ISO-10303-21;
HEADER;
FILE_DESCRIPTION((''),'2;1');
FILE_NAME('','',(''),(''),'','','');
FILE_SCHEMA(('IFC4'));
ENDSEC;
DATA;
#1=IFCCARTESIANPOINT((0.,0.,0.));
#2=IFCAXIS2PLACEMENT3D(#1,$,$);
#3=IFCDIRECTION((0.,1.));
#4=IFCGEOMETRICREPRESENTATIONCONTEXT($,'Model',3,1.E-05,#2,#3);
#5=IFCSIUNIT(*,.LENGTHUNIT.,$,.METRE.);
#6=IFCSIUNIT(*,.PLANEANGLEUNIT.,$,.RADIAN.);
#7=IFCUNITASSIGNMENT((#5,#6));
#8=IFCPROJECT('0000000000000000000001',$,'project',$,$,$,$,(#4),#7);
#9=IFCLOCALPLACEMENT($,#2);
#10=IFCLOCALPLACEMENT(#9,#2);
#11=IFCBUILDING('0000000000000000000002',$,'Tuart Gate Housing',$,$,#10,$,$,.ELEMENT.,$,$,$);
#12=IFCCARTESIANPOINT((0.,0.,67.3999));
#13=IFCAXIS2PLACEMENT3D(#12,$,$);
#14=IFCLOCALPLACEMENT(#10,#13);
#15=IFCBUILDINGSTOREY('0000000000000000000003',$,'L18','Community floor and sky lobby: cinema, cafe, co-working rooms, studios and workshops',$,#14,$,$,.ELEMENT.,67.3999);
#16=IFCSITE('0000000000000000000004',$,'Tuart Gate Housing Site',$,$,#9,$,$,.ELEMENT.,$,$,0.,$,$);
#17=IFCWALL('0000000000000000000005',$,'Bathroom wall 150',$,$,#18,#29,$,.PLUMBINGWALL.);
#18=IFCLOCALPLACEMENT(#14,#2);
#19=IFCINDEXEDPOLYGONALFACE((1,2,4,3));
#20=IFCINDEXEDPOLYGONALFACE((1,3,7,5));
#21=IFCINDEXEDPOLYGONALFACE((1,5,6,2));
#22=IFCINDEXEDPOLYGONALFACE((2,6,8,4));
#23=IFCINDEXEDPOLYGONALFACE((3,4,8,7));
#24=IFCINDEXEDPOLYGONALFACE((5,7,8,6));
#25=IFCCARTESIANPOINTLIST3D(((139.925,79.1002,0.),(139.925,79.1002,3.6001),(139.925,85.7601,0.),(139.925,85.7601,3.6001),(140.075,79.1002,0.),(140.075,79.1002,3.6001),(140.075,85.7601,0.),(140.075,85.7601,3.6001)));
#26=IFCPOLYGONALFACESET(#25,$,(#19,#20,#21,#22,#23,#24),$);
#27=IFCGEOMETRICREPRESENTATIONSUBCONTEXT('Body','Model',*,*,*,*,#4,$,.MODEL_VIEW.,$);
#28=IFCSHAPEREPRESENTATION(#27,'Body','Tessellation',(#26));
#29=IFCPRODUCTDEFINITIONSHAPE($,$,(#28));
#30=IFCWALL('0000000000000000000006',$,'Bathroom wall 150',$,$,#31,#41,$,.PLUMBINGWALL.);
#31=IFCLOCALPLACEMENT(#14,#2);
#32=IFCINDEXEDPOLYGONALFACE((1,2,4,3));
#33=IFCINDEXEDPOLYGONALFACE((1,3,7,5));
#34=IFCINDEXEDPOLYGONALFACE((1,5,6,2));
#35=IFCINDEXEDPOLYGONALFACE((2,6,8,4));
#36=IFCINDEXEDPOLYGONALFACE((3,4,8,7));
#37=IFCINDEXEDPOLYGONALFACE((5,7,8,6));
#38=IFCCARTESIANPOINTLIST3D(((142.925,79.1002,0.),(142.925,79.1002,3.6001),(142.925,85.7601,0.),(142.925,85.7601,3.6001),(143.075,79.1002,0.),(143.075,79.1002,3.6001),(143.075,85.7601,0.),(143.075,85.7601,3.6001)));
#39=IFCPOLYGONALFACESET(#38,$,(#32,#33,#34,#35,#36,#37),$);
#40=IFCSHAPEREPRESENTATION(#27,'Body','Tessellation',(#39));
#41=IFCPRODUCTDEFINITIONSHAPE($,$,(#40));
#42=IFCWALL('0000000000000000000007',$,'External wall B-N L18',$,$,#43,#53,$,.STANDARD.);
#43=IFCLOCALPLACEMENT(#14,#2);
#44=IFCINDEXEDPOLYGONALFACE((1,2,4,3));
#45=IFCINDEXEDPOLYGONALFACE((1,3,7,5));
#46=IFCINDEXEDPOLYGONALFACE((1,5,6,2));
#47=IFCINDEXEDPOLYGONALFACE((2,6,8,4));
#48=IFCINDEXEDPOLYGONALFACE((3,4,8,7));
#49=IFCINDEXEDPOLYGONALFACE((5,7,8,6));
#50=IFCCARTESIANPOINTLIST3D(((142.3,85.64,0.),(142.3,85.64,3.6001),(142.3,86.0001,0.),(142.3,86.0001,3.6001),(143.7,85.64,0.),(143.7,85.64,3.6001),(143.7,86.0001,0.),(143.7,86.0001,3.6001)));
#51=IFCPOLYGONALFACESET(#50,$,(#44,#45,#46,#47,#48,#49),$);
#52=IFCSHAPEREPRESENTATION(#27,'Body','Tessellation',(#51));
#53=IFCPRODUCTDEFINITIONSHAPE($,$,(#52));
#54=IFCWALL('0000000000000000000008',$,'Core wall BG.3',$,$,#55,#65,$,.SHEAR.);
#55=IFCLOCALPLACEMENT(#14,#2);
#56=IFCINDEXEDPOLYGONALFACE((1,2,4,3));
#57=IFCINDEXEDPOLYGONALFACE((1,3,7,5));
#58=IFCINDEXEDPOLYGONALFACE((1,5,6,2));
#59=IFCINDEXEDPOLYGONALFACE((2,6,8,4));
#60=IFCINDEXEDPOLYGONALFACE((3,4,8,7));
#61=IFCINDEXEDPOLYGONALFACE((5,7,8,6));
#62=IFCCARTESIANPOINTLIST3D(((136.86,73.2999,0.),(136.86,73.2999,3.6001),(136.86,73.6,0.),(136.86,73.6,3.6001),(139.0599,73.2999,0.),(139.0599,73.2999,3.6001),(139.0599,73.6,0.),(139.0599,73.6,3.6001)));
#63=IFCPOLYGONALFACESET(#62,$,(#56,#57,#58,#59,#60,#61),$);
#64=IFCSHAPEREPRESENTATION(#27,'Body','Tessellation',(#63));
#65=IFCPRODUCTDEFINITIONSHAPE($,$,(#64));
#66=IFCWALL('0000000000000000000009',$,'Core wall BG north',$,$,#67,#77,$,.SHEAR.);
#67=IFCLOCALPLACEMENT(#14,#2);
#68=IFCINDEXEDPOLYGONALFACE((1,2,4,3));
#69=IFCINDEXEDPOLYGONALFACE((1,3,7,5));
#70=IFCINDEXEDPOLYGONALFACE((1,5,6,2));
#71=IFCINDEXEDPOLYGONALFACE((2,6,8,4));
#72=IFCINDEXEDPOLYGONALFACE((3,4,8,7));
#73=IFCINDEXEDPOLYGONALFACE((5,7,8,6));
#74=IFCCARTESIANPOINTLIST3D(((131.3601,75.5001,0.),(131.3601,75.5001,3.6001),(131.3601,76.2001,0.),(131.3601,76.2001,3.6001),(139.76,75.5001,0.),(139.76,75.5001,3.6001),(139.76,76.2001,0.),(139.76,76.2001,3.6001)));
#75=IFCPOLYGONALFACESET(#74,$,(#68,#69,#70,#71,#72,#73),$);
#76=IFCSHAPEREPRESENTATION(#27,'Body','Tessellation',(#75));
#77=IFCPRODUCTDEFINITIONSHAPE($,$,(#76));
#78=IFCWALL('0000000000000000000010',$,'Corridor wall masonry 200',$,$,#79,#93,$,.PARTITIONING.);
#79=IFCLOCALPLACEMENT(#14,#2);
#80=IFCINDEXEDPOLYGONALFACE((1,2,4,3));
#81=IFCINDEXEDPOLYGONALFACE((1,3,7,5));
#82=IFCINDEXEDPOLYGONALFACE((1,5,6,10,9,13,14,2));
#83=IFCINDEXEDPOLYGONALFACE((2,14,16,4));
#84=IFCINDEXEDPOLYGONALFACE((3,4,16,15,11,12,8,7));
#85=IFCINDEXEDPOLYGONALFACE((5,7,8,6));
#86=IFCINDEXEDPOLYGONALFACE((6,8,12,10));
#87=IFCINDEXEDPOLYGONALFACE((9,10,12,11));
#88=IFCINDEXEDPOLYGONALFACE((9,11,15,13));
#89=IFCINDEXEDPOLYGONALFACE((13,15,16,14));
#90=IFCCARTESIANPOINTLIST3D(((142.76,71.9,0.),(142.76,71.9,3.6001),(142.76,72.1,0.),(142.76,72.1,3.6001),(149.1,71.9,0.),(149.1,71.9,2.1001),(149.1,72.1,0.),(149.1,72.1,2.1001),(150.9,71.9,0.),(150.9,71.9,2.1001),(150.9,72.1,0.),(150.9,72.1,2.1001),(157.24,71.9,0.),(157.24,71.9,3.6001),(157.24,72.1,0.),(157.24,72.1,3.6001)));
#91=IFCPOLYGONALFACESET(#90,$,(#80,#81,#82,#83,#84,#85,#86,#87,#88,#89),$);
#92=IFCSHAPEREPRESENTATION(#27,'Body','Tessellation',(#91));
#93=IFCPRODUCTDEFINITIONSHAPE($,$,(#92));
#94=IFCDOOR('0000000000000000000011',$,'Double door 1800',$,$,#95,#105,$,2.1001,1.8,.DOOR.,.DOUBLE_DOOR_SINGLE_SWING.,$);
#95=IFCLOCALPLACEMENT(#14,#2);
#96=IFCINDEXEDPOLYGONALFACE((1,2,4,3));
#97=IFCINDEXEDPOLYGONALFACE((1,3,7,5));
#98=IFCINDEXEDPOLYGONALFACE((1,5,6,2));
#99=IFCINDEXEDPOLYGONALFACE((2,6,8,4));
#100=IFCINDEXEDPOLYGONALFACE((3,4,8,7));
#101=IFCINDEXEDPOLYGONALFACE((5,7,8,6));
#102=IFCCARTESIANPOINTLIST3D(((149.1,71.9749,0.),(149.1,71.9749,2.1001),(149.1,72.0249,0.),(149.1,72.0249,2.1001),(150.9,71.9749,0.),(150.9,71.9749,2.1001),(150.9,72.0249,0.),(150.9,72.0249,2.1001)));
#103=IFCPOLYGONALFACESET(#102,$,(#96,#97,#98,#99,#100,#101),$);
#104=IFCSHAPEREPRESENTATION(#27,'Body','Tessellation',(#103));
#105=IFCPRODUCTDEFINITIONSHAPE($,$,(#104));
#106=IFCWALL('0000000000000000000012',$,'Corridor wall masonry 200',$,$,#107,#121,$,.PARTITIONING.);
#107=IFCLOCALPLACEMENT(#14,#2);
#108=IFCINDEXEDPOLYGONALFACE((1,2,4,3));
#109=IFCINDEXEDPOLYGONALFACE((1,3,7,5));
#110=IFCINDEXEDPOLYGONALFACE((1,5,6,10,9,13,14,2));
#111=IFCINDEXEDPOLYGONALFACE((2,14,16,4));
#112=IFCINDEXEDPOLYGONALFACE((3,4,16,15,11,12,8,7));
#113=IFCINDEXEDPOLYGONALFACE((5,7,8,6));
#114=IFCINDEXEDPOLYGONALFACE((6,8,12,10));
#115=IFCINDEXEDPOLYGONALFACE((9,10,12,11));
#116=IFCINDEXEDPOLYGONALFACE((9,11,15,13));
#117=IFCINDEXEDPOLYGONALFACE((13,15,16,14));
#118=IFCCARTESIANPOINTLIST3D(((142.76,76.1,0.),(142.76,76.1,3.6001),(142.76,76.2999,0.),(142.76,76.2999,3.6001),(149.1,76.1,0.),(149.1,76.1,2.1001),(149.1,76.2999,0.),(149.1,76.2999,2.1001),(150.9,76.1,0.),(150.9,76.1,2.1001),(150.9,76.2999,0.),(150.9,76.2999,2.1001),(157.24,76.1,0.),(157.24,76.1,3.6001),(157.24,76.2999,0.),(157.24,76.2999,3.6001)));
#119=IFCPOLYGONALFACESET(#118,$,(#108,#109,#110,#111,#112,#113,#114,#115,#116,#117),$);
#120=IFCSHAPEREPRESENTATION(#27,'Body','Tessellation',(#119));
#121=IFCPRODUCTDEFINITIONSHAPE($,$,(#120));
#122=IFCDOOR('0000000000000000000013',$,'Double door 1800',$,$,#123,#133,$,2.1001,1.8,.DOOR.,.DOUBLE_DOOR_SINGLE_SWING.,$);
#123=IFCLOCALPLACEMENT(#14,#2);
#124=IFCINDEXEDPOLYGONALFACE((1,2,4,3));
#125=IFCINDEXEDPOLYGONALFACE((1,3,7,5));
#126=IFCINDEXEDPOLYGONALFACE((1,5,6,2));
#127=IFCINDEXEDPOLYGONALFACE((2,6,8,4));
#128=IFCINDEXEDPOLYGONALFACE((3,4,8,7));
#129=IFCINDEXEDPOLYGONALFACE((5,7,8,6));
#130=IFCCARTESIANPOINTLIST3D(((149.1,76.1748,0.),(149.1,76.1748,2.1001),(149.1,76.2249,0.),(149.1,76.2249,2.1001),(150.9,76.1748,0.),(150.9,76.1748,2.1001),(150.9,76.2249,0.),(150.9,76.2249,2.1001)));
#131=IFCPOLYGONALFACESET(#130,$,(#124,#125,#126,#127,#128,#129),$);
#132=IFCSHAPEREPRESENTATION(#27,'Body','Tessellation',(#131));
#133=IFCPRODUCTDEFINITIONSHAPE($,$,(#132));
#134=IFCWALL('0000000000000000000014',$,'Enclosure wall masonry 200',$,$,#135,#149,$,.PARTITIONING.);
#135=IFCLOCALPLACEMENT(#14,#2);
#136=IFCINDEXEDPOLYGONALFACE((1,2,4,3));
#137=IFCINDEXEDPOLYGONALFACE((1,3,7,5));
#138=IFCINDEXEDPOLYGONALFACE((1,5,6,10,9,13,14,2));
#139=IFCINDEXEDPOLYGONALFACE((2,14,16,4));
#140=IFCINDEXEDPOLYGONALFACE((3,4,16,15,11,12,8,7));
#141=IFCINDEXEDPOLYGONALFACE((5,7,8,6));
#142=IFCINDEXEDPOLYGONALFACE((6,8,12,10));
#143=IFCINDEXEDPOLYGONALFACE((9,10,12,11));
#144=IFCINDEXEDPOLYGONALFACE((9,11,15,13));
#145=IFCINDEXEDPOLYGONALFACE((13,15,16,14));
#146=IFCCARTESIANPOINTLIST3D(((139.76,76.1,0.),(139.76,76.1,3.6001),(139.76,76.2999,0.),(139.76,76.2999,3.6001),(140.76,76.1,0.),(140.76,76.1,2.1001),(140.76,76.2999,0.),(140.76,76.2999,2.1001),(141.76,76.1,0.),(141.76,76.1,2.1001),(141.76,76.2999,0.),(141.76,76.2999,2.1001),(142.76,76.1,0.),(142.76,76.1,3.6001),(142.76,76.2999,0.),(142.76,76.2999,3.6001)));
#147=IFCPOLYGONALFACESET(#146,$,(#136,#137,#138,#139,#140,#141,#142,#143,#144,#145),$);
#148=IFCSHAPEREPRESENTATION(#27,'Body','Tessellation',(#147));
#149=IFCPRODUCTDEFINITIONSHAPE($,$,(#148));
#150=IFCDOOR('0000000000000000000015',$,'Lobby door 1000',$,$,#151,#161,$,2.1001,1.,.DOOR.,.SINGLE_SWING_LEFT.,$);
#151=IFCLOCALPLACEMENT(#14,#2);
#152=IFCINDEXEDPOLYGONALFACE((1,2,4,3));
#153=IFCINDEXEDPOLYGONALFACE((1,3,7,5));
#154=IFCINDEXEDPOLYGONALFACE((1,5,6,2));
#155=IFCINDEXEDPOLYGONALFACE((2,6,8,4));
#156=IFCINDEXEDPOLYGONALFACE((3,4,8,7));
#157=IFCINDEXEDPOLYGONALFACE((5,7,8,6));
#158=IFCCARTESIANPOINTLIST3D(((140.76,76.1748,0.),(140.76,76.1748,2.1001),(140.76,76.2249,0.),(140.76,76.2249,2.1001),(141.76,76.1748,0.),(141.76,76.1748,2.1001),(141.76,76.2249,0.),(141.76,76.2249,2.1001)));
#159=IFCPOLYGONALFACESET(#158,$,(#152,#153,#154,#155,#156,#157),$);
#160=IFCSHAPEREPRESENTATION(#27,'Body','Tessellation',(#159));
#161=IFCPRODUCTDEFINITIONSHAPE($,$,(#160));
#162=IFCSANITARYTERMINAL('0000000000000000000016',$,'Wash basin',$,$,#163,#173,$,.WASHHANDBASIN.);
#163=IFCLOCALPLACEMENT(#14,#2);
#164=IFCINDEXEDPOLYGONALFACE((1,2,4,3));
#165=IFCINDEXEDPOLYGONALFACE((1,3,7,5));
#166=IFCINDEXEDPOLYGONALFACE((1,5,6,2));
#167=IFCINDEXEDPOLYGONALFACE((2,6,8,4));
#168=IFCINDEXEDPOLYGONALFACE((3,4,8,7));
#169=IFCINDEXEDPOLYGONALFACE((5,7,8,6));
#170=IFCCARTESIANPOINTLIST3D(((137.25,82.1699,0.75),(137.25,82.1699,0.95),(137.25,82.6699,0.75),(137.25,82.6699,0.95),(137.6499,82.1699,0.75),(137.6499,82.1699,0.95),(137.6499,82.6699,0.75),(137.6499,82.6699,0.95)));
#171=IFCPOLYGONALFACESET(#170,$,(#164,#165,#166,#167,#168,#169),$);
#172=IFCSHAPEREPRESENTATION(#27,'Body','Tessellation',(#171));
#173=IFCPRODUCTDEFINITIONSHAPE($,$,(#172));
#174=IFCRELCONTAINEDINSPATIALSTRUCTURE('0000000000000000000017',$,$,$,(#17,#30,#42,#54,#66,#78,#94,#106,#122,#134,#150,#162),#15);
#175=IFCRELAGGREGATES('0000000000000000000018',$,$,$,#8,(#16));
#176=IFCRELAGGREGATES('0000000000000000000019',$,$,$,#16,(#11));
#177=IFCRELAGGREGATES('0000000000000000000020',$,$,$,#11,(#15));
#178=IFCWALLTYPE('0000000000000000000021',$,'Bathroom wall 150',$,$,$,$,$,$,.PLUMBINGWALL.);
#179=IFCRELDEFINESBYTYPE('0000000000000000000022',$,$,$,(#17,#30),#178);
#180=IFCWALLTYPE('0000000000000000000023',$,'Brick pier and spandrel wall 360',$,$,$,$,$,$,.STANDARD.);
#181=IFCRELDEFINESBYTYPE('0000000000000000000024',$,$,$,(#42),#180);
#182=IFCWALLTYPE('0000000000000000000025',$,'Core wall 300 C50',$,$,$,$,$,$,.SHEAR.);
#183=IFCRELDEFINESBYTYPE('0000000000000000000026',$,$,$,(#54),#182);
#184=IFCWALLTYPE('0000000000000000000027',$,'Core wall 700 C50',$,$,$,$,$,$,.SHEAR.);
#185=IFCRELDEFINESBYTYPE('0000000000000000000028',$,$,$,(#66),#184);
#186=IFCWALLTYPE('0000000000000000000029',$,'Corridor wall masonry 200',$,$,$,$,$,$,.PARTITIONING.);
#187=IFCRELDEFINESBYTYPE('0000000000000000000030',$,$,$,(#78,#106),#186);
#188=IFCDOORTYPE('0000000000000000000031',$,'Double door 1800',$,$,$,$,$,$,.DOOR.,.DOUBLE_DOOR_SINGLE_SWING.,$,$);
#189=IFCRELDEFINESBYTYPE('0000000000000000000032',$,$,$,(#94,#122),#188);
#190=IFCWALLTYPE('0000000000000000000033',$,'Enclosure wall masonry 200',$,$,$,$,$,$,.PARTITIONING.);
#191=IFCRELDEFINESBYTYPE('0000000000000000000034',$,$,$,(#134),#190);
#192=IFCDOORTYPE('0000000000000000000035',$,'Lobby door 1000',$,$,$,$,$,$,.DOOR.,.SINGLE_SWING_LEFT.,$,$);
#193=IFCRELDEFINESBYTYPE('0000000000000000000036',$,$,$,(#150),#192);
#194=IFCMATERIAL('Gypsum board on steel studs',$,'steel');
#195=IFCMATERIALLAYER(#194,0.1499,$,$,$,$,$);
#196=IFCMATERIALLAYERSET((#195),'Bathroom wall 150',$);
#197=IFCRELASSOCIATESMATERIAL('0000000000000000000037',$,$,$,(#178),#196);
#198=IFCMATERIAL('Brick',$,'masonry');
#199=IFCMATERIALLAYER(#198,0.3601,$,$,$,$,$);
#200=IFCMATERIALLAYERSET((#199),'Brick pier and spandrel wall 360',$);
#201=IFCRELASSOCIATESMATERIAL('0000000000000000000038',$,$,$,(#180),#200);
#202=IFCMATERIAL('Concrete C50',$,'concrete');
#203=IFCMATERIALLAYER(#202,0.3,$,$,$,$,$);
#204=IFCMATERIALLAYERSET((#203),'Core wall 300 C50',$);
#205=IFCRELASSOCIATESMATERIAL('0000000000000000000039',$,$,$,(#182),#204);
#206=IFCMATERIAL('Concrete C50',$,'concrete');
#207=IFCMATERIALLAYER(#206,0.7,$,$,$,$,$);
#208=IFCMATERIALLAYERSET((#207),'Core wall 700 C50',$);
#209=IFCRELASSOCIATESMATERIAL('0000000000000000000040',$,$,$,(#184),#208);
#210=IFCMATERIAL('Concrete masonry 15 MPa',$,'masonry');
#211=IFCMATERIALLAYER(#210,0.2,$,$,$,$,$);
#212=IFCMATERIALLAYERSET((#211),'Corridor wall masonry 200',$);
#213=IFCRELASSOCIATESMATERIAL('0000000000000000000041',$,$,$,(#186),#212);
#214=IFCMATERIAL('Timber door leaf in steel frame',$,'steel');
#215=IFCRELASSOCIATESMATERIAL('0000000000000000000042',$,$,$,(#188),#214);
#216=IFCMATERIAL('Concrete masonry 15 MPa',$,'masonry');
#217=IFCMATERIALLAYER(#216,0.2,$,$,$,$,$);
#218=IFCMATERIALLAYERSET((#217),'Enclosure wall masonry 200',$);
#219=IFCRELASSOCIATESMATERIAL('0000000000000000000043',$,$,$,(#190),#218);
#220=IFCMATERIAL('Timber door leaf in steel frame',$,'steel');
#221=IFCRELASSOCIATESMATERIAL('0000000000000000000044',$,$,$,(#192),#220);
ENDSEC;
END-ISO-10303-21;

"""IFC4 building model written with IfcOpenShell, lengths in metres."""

from ifc_helpers import new_model, si_unit, direction, frame, frame_2d, origin, origin_2d, place, context, subcontext, project, spatial, rectangle, extrude, material, layer, layer_set, type_object, element, fill, save


model = new_model("IFC4")

# Units and contexts
model_context = context("Model", 3, precision=1e-05, world=origin(), true_north=direction((0.0, 1.0)))
body_context = subcontext(model_context, "Body", "Model", "MODEL_VIEW")
ifc_project = project(units=[si_unit("LENGTHUNIT", "METRE"), si_unit("PLANEANGLEUNIT", "RADIAN")], contexts=[model_context])

# Site, building, storey
site_placement = place(None, origin())
site = spatial("IfcSite", under=ifc_project, at=site_placement, Name="Tuart Gate Housing Site", CompositionType="ELEMENT", RefElevation=0.0)
building_placement = place(site_placement, origin())
building = spatial("IfcBuilding", under=site, at=building_placement, Name="Tuart Gate Housing", CompositionType="ELEMENT")
storey_placement = place(building_placement, frame((0.0, 0.0, 67.3999)))
storey = spatial("IfcBuildingStorey", under=building, at=storey_placement, Name="L18", Description="Community floor and sky lobby: cinema, cafe, co-working rooms, studios and workshops", CompositionType="ELEMENT", Elevation=67.3999)

# Walls
ifc_material_1 = material(Name="Gypsum board on steel studs", Category="steel")
ifc_layer_1 = layer(ifc_material_1, 0.1499)
ifc_layer_set_1 = layer_set([ifc_layer_1], Name="Bathroom wall 150")
wall_type_1 = type_object("IfcWallType", Name="Bathroom wall 150", PredefinedType="PLUMBINGWALL", material=ifc_layer_set_1)
for number, where, z_axis, x_axis, name in (
    (1, (140.0, 79.1001, 0.0), (0.0, 0.0, 1.0), (0.0, 1.0, 0.0), "Bathroom wall 150"),
    (2, (143.0, 79.1001, 0.0), (0.0, 0.0, 1.0), (0.0, 1.0, 0.0), "Bathroom wall 150"),
):
    element("IfcWall", number, at=place(storey_placement, frame(where, z_axis=z_axis, x_axis=x_axis)), inside=storey, type_object=wall_type_1, Name=name, PredefinedType="PLUMBINGWALL", context=body_context, shape_type="SweptSolid", body=[
        extrude(rectangle(XDim=6.6599, YDim=0.1499, at=frame_2d((3.3301, 0.0))), origin(), (0.0, 0.0, 1.0), 3.6001),
    ])
ifc_material_2 = material(Name="Brick", Category="masonry")
ifc_layer_2 = layer(ifc_material_2, 0.3601)
ifc_layer_set_2 = layer_set([ifc_layer_2], Name="Brick pier and spandrel wall 360")
wall_type_2 = type_object("IfcWallType", Name="Brick pier and spandrel wall 360", PredefinedType="STANDARD", material=ifc_layer_set_2)
wall_1_placement = place(storey_placement, frame((143.7, 85.8201, 0.0), z_axis=(0.0, 0.0, 1.0), x_axis=(-1.0, 0.0, 0.0)))
element("IfcWall", 3, at=wall_1_placement, inside=storey, type_object=wall_type_2, Name="External wall B-N L18", PredefinedType="STANDARD", context=body_context, shape_type="SweptSolid", body=[
    extrude(rectangle(XDim=1.3999, YDim=0.3601, at=frame_2d((0.7, 0.0))), origin(), (0.0, 0.0, 1.0), 3.6001),
])
ifc_material_3 = material(Name="Concrete C50", Category="concrete")
ifc_layer_3 = layer(ifc_material_3, 0.3)
ifc_layer_set_3 = layer_set([ifc_layer_3], Name="Core wall 300 C50")
wall_type_3 = type_object("IfcWallType", Name="Core wall 300 C50", PredefinedType="SHEAR", material=ifc_layer_set_3)
wall_2_placement = place(storey_placement, frame((139.0601, 73.45, 0.0), z_axis=(0.0, 0.0, 1.0), x_axis=(-1.0, 0.0, 0.0)))
element("IfcWall", 4, at=wall_2_placement, inside=storey, type_object=wall_type_3, Name="Core wall BG.3", PredefinedType="SHEAR", context=body_context, shape_type="SweptSolid", body=[
    extrude(rectangle(XDim=2.2, YDim=0.3, at=frame_2d((1.1001, 0.0))), origin(), (0.0, 0.0, 1.0), 3.6001),
])
ifc_material_4 = material(Name="Concrete C50", Category="concrete")
ifc_layer_4 = layer(ifc_material_4, 0.7)
ifc_layer_set_4 = layer_set([ifc_layer_4], Name="Core wall 700 C50")
wall_type_4 = type_object("IfcWallType", Name="Core wall 700 C50", PredefinedType="SHEAR", material=ifc_layer_set_4)
wall_3_placement = place(storey_placement, frame((139.76, 75.8501, 0.0), z_axis=(0.0, 0.0, 1.0), x_axis=(-1.0, 0.0, 0.0)))
element("IfcWall", 5, at=wall_3_placement, inside=storey, type_object=wall_type_4, Name="Core wall BG north", PredefinedType="SHEAR", context=body_context, shape_type="SweptSolid", body=[
    extrude(rectangle(XDim=8.3999, YDim=0.7, at=frame_2d((4.2, 0.0))), origin(), (0.0, 0.0, 1.0), 3.6001),
])

# Walls, openings, doors
ifc_material_5 = material(Name="Concrete masonry 15 MPa", Category="masonry")
ifc_layer_5 = layer(ifc_material_5, 0.2)
ifc_layer_set_5 = layer_set([ifc_layer_5], Name="Corridor wall masonry 200")
wall_type_5 = type_object("IfcWallType", Name="Corridor wall masonry 200", PredefinedType="PARTITIONING", material=ifc_layer_set_5)
wall_4_placement = place(storey_placement, frame((142.76, 72.0, 0.0), z_axis=(0.0, 0.0, 1.0), x_axis=(1.0, 0.0, 0.0)))
wall_4 = element("IfcWall", 6, at=wall_4_placement, inside=storey, type_object=wall_type_5, Name="Corridor wall masonry 200", PredefinedType="PARTITIONING", context=body_context, shape_type="SweptSolid", body=[
    extrude(rectangle(XDim=14.48, YDim=0.2, at=frame_2d((7.24, 0.0))), origin(), (0.0, 0.0, 1.0), 3.6001),
])
opening_1_placement = place(wall_4_placement, frame((6.3401, 0.0, 0.0)))
opening_1 = element("IfcOpeningElement", 7, at=opening_1_placement, cuts=wall_4, PredefinedType="OPENING", context=body_context, shape_type="SweptSolid", body=[
    extrude(rectangle(XDim=1.8, YDim=2.1001, at=frame_2d((0.8999, 1.05))), frame((0.0, 0.1099, 0.0), z_axis=(0.0, -1.0, 0.0), x_axis=(1.0, 0.0, 0.0)), (0.0, 0.0, 1.0), 0.22),
])
ifc_material_6 = material(Name="Timber door leaf in steel frame", Category="steel")
door_type_1 = type_object("IfcDoorType", Name="Double door 1800", OperationType="DOUBLE_DOOR_SINGLE_SWING", PredefinedType="DOOR", material=ifc_material_6)
door_1_placement = place(opening_1_placement, origin())
door_1 = element("IfcDoor", 8, at=door_1_placement, inside=storey, type_object=door_type_1, Name="Double door 1800", OperationType="DOUBLE_DOOR_SINGLE_SWING", OverallHeight=2.1001, OverallWidth=1.8, PredefinedType="DOOR", context=body_context, shape_type="SweptSolid", body=[
    extrude(rectangle(XDim=1.8, YDim=2.1001, at=frame_2d((0.8999, 1.05))), frame((0.0, 0.0249, 0.0), z_axis=(0.0, -1.0, 0.0), x_axis=(1.0, 0.0, 0.0)), (0.0, 0.0, 1.0), 0.05),
])
fill(opening_1, door_1)
wall_5_placement = place(storey_placement, frame((142.76, 76.2, 0.0), z_axis=(0.0, 0.0, 1.0), x_axis=(1.0, 0.0, 0.0)))
wall_5 = element("IfcWall", 9, at=wall_5_placement, inside=storey, type_object=wall_type_5, Name="Corridor wall masonry 200", PredefinedType="PARTITIONING", context=body_context, shape_type="SweptSolid", body=[
    extrude(rectangle(XDim=14.48, YDim=0.2, at=frame_2d((7.24, 0.0))), origin(), (0.0, 0.0, 1.0), 3.6001),
])
opening_2_placement = place(wall_5_placement, frame((6.3401, 0.0, 0.0)))
opening_2 = element("IfcOpeningElement", 10, at=opening_2_placement, cuts=wall_5, PredefinedType="OPENING", context=body_context, shape_type="SweptSolid", body=[
    extrude(rectangle(XDim=1.8, YDim=2.1001, at=frame_2d((0.8999, 1.05))), frame((0.0, 0.1099, 0.0), z_axis=(0.0, -1.0, 0.0), x_axis=(1.0, 0.0, 0.0)), (0.0, 0.0, 1.0), 0.22),
])
door_2_placement = place(opening_2_placement, origin())
door_2 = element("IfcDoor", 11, at=door_2_placement, inside=storey, type_object=door_type_1, Name="Double door 1800", OperationType="DOUBLE_DOOR_SINGLE_SWING", OverallHeight=2.1001, OverallWidth=1.8, PredefinedType="DOOR", context=body_context, shape_type="SweptSolid", body=[
    extrude(rectangle(XDim=1.8, YDim=2.1001, at=frame_2d((0.8999, 1.05))), frame((0.0, 0.0249, 0.0), z_axis=(0.0, -1.0, 0.0), x_axis=(1.0, 0.0, 0.0)), (0.0, 0.0, 1.0), 0.05),
])
fill(opening_2, door_2)
ifc_material_7 = material(Name="Concrete masonry 15 MPa", Category="masonry")
ifc_layer_6 = layer(ifc_material_7, 0.2)
ifc_layer_set_6 = layer_set([ifc_layer_6], Name="Enclosure wall masonry 200")
wall_type_6 = type_object("IfcWallType", Name="Enclosure wall masonry 200", PredefinedType="PARTITIONING", material=ifc_layer_set_6)
wall_6_placement = place(storey_placement, frame((139.76, 76.2, 0.0), z_axis=(0.0, 0.0, 1.0), x_axis=(1.0, 0.0, 0.0)))
wall_6 = element("IfcWall", 12, at=wall_6_placement, inside=storey, type_object=wall_type_6, Name="Enclosure wall masonry 200", PredefinedType="PARTITIONING", context=body_context, shape_type="SweptSolid", body=[
    extrude(rectangle(XDim=3.0, YDim=0.2, at=frame_2d((1.5, 0.0))), origin(), (0.0, 0.0, 1.0), 3.6001),
])
opening_3_placement = place(wall_6_placement, frame((1.0, 0.0, 0.0)))
opening_3 = element("IfcOpeningElement", 13, at=opening_3_placement, cuts=wall_6, PredefinedType="OPENING", context=body_context, shape_type="SweptSolid", body=[
    extrude(rectangle(XDim=1.0, YDim=2.1001, at=frame_2d((0.5, 1.05))), frame((0.0, 0.1099, 0.0), z_axis=(0.0, -1.0, 0.0), x_axis=(1.0, 0.0, 0.0)), (0.0, 0.0, 1.0), 0.22),
])
ifc_material_8 = material(Name="Timber door leaf in steel frame", Category="steel")
door_type_2 = type_object("IfcDoorType", Name="Lobby door 1000", OperationType="SINGLE_SWING_LEFT", PredefinedType="DOOR", material=ifc_material_8)
door_3_placement = place(opening_3_placement, frame((1.0, 0.0, 0.0), z_axis=(0.0, 0.0, 1.0), x_axis=(-1.0, 0.0, 0.0)))
door_3 = element("IfcDoor", 14, at=door_3_placement, inside=storey, type_object=door_type_2, Name="Lobby door 1000", OperationType="SINGLE_SWING_LEFT", OverallHeight=2.1001, OverallWidth=1.0, PredefinedType="DOOR", context=body_context, shape_type="SweptSolid", body=[
    extrude(rectangle(XDim=1.0, YDim=2.1001, at=frame_2d((0.5, 1.05))), frame((0.0, 0.0251, 0.0), z_axis=(0.0, -1.0, 0.0), x_axis=(1.0, 0.0, 0.0)), (0.0, 0.0, 1.0), 0.05),
])
fill(opening_3, door_3)

# Sanitary terminal
sanitary_terminal_1_placement = place(storey_placement, frame((137.45, 82.4199, 0.75), z_axis=(0.0, 0.0, 1.0), x_axis=(1.0, 0.0, 0.0)))
element("IfcSanitaryTerminal", 15, at=sanitary_terminal_1_placement, inside=storey, Name="Wash basin", PredefinedType="WASHHANDBASIN", context=body_context, shape_type="SweptSolid", body=[
    extrude(rectangle(XDim=0.3999, YDim=0.5, at=origin_2d()), origin(), (0.0, 0.0, 1.0), 0.2),
])

save(model, "model.ifc")
